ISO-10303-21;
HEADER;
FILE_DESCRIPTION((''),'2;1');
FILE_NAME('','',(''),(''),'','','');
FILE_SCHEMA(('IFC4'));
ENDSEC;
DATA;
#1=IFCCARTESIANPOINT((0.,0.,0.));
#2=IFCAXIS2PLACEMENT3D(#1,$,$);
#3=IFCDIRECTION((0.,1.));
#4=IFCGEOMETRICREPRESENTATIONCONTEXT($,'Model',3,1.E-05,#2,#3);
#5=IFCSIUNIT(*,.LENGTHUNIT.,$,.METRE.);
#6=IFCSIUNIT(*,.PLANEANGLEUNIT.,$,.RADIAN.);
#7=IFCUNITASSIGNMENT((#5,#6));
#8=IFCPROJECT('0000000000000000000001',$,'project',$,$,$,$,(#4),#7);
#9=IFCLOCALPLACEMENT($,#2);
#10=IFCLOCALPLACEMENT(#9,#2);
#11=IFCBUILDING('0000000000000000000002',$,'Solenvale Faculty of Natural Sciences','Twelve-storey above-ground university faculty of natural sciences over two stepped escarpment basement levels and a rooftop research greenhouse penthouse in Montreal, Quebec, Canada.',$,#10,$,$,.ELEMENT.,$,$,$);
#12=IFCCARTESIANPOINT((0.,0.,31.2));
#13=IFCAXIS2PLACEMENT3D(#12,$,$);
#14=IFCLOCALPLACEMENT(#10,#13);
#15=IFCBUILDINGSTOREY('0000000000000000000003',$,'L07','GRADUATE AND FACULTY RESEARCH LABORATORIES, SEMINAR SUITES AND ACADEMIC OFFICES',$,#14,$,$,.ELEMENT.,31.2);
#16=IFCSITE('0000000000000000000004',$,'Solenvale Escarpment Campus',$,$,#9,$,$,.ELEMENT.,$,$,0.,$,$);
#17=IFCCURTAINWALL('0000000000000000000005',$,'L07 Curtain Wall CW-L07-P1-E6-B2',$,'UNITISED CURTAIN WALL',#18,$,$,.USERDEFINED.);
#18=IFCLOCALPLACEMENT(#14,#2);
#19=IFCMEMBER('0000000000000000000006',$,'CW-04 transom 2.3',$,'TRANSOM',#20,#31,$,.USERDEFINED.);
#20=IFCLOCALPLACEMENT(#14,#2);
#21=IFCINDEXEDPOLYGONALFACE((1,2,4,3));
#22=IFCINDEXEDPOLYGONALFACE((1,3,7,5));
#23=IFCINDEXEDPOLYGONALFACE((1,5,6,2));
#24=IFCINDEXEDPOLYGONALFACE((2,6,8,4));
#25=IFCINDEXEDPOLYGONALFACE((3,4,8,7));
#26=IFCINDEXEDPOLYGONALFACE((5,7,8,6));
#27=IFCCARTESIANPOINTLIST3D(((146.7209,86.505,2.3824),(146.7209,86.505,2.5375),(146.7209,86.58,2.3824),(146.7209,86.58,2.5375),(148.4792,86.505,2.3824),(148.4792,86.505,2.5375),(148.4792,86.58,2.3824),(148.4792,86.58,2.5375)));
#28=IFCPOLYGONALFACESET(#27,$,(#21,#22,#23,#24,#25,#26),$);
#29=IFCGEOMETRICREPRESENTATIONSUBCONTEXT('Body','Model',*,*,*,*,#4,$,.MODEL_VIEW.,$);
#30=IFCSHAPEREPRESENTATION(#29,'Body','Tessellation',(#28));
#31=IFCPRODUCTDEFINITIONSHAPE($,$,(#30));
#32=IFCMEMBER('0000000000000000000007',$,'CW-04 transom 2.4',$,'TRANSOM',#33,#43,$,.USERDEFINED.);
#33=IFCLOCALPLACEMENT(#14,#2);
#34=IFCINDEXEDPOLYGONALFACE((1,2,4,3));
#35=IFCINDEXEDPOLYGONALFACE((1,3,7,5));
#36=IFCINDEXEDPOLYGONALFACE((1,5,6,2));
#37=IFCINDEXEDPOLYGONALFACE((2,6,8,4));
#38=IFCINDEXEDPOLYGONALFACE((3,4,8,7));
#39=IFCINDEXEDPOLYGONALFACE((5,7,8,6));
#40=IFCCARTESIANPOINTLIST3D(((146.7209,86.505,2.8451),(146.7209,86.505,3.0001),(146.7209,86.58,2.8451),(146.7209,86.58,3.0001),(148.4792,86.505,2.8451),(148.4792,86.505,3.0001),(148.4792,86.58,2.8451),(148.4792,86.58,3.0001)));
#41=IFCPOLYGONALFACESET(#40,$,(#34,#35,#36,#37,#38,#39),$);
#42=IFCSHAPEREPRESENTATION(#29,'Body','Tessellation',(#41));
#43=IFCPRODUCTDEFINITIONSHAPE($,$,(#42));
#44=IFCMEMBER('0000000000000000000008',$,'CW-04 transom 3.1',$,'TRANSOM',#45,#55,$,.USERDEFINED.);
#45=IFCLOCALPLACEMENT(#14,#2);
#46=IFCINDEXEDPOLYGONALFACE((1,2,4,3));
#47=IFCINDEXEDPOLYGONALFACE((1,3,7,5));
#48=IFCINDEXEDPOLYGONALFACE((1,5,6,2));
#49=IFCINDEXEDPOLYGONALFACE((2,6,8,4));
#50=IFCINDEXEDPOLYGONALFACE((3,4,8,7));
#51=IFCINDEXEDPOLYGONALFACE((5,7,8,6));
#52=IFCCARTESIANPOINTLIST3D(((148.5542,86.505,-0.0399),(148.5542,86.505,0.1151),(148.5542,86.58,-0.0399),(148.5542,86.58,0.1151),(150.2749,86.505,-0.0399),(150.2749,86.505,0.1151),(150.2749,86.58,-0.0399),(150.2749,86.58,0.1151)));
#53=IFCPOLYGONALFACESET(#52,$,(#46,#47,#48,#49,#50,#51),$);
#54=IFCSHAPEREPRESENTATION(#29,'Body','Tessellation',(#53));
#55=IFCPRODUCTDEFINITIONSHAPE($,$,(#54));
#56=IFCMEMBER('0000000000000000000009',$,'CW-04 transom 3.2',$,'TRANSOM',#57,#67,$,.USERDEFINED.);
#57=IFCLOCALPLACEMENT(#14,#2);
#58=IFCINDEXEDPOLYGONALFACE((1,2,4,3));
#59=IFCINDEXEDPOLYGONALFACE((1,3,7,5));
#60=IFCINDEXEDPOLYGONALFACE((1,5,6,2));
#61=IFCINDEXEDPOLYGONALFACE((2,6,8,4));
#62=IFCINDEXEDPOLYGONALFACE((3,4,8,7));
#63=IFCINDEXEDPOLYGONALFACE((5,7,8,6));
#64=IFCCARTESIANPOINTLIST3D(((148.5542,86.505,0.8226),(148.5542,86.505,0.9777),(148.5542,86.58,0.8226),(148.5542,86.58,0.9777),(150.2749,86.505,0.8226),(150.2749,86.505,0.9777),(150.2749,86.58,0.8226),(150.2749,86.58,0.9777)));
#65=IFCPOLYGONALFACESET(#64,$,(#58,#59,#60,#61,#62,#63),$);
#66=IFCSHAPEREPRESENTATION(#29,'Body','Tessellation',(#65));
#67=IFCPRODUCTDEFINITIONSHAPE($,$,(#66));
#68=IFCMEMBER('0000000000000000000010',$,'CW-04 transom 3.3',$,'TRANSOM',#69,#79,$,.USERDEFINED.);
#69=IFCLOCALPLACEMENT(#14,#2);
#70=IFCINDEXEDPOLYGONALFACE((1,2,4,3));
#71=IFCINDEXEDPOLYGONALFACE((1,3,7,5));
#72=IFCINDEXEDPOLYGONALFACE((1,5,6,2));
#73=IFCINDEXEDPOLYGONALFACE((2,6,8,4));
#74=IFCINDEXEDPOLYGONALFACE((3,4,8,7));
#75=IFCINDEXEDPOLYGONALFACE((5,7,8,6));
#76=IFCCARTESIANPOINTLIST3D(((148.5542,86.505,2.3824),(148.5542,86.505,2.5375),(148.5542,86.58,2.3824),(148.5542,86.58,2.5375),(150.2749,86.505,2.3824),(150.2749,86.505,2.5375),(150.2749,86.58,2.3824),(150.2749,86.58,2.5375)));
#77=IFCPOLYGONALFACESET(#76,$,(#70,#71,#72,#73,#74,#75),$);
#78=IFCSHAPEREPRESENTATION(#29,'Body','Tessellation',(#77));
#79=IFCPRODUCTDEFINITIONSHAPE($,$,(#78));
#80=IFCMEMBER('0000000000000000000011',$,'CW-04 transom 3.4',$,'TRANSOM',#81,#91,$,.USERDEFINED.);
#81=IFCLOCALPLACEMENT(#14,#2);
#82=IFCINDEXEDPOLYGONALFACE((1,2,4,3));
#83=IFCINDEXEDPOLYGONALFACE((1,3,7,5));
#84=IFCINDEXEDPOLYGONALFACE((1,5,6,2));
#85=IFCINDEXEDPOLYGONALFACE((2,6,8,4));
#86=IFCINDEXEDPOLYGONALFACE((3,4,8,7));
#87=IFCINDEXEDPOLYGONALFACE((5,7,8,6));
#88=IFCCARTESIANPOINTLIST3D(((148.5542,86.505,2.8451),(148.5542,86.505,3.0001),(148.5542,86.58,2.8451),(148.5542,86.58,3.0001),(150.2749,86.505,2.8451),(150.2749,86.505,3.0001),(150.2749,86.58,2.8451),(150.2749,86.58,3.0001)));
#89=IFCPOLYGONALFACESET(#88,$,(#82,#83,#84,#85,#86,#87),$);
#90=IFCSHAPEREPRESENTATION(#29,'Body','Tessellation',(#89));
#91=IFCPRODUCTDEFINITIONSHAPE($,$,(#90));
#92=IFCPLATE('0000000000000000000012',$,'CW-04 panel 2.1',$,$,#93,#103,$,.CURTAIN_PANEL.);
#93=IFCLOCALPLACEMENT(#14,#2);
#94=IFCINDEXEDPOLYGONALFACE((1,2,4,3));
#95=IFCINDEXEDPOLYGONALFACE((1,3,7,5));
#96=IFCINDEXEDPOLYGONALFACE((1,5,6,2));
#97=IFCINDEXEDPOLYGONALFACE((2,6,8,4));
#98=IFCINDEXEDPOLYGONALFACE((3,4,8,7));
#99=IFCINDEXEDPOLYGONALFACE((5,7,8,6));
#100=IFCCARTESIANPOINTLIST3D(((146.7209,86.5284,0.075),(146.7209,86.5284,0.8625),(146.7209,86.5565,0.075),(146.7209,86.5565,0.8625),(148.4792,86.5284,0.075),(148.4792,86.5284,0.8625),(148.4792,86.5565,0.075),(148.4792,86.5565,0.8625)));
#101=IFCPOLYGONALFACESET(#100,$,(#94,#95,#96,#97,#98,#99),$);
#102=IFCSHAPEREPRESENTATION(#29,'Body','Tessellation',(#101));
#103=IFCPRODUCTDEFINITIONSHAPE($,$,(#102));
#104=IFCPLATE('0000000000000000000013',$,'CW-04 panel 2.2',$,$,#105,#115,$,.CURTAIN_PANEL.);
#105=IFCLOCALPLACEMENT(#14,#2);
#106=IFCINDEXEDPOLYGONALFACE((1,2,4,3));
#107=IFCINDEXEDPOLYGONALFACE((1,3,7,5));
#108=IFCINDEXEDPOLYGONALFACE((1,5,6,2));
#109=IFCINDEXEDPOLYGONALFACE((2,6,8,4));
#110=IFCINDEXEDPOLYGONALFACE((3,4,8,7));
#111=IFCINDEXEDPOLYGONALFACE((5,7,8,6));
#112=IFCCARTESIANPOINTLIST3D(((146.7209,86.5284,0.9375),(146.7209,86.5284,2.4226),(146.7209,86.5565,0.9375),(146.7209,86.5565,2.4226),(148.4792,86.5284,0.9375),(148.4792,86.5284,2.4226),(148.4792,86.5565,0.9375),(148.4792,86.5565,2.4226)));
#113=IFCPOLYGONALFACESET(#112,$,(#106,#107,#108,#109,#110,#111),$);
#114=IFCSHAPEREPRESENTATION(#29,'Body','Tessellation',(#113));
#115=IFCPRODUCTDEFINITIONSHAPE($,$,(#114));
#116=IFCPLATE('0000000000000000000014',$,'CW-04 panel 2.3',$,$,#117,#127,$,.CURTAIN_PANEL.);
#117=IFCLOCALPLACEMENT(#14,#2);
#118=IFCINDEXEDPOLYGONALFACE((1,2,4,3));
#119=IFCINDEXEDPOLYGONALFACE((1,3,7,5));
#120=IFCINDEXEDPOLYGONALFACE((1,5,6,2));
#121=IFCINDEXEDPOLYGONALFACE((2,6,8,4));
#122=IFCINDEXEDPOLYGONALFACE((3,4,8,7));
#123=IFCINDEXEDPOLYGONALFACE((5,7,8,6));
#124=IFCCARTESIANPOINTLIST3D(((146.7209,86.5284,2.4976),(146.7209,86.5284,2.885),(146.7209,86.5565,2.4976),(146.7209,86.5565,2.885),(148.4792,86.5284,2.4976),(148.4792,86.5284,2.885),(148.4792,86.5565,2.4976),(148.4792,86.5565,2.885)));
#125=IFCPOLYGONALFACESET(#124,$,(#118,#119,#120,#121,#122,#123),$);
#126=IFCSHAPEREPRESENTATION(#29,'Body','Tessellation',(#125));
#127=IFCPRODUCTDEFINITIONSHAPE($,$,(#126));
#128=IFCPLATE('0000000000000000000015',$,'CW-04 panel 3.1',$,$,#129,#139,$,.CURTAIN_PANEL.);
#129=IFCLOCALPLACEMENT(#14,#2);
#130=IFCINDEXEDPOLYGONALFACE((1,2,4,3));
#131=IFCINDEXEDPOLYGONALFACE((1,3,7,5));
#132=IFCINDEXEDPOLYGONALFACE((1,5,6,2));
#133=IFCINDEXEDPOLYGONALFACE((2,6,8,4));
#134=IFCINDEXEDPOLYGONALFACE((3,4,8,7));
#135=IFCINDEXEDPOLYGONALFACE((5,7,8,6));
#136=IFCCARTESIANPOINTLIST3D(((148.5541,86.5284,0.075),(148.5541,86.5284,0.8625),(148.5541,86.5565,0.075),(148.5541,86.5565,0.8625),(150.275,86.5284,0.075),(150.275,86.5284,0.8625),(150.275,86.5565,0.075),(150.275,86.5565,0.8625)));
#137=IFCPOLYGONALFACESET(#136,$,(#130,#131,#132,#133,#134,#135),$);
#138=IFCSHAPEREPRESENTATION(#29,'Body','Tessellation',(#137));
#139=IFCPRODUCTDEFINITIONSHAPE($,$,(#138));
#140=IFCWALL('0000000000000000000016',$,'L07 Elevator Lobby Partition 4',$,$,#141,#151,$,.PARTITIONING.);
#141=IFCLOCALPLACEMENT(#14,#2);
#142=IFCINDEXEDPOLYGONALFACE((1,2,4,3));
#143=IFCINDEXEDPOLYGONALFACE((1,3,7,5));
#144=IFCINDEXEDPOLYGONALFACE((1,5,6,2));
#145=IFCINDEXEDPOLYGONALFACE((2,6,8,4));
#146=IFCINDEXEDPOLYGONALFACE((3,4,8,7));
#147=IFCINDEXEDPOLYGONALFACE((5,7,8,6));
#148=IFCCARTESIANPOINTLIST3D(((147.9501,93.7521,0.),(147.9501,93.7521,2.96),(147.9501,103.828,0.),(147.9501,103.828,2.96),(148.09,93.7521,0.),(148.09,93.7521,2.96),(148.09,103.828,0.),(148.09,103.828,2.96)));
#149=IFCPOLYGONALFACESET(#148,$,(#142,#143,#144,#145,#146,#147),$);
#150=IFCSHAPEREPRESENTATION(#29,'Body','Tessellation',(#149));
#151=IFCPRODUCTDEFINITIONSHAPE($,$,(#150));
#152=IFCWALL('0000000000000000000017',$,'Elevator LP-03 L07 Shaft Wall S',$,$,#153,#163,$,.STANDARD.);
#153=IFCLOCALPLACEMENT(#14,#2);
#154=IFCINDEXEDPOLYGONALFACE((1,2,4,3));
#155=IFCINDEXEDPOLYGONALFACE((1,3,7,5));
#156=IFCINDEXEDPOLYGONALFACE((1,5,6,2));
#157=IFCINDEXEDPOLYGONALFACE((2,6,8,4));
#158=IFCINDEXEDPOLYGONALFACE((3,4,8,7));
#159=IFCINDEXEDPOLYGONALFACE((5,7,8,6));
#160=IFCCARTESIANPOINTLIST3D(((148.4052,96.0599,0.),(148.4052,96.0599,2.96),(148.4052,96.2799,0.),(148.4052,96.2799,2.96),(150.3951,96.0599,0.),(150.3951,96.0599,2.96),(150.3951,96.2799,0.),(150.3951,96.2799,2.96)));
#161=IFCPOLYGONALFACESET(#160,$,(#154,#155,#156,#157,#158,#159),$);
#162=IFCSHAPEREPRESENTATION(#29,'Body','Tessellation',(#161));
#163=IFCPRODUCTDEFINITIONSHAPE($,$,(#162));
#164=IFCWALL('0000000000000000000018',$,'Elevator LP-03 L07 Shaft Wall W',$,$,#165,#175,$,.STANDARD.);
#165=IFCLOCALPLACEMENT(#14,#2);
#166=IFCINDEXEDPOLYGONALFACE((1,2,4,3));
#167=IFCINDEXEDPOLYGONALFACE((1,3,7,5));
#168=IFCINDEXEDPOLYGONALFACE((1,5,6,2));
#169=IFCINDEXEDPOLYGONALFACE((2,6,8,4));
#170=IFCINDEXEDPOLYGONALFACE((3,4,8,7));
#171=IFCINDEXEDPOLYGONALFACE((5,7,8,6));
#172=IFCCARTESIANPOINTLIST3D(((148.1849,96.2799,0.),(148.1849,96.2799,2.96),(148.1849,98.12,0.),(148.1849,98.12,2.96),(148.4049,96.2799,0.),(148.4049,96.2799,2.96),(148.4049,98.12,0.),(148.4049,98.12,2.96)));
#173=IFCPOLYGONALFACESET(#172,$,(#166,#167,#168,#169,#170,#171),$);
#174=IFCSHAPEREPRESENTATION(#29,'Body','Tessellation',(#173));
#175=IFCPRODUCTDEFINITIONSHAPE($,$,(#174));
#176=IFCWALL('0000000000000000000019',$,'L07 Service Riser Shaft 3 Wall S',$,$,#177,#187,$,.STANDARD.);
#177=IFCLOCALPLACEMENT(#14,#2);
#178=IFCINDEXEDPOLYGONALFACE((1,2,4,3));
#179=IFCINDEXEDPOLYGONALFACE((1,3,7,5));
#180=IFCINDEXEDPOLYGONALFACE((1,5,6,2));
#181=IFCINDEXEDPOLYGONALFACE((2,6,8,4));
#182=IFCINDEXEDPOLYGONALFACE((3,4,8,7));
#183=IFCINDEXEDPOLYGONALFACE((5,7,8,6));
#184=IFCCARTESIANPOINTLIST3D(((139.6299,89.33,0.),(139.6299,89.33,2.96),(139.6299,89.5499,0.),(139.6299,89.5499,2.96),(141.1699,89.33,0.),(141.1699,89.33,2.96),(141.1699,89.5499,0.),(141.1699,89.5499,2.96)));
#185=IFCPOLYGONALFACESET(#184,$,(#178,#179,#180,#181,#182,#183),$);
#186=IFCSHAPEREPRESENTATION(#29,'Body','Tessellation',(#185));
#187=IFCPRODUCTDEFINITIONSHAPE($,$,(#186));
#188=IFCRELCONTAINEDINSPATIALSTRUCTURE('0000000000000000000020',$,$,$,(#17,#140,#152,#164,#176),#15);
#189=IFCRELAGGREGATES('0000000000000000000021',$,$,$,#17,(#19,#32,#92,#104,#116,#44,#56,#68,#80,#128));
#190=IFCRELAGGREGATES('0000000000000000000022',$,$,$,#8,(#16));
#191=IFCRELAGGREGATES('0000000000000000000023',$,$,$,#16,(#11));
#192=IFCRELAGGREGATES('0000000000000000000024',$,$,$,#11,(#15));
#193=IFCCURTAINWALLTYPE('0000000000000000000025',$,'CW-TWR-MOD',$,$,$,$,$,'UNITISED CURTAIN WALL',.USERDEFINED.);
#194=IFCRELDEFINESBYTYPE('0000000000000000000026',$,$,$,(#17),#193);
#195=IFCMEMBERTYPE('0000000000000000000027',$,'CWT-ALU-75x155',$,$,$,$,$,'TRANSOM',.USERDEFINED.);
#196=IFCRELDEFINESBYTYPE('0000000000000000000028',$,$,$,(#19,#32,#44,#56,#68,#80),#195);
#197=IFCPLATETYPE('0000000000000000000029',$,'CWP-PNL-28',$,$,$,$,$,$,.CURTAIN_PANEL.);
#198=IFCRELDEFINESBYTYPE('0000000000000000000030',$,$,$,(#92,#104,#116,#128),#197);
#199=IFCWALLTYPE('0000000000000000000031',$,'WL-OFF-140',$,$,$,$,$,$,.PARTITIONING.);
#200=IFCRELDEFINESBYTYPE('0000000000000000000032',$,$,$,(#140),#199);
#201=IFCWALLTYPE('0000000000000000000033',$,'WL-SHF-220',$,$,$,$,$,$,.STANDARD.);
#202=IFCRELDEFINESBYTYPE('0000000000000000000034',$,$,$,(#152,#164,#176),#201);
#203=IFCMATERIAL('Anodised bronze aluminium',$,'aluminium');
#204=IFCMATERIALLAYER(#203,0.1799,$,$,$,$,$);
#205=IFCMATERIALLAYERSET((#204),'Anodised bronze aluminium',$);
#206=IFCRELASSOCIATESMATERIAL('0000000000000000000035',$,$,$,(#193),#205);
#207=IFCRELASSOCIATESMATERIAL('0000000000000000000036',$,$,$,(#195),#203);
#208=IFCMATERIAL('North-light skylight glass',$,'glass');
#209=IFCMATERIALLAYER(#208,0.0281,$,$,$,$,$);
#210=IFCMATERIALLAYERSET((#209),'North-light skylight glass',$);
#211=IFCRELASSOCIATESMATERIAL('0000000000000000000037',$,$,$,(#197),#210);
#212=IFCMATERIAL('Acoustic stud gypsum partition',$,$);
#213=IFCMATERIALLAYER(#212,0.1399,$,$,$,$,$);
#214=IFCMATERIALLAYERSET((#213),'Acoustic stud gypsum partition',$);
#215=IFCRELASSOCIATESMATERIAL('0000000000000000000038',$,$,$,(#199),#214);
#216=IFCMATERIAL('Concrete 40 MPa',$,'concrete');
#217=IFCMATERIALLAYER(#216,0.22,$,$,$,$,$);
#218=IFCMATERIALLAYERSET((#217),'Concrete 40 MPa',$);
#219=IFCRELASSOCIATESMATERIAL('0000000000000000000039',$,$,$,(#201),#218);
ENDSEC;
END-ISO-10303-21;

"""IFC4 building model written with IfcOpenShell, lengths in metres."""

from ifc_helpers import new_model, si_unit, direction, frame, frame_2d, origin, origin_2d, place, context, subcontext, project, spatial, rectangle, extrude, material, layer, layer_set, material_profile, profile_set, type_object, element, aggregate, save


model = new_model("IFC4")

# Units and contexts
model_context = context("Model", 3, precision=1e-05, world=origin(), true_north=direction((0.0, 1.0)))
body_context = subcontext(model_context, "Body", "Model", "MODEL_VIEW")
ifc_project = project(units=[si_unit("LENGTHUNIT", "METRE"), si_unit("PLANEANGLEUNIT", "RADIAN")], contexts=[model_context])

# Site, building, storey
site_placement = place(None, origin())
site = spatial("IfcSite", under=ifc_project, at=site_placement, Name="Solenvale Escarpment Campus", CompositionType="ELEMENT", RefElevation=0.0)
building_placement = place(site_placement, origin())
building = spatial("IfcBuilding", under=site, at=building_placement, Name="Solenvale Faculty of Natural Sciences", Description="Twelve-storey above-ground university faculty of natural sciences over two stepped escarpment basement levels and a rooftop research greenhouse penthouse in Montreal, Quebec, Canada.", CompositionType="ELEMENT")
storey_placement = place(building_placement, frame((0.0, 0.0, 31.2)))
storey = spatial("IfcBuildingStorey", under=building, at=storey_placement, Name="L07", Description="GRADUATE AND FACULTY RESEARCH LABORATORIES, SEMINAR SUITES AND ACADEMIC OFFICES", CompositionType="ELEMENT", Elevation=31.2)

# Shared definitions
ifc_material_1 = material(Name="Concrete 40 MPa", Category="concrete")

# Curtain wall, members, plates
ifc_material_2 = material(Name="Anodised bronze aluminium", Category="aluminium")
ifc_layer_1 = layer(ifc_material_2, 0.1799)
ifc_layer_set_1 = layer_set([ifc_layer_1], Name="Anodised bronze aluminium")
curtain_wall_type = type_object("IfcCurtainWallType", Name="CW-TWR-MOD", ElementType="UNITISED CURTAIN WALL", PredefinedType="USERDEFINED", material=ifc_layer_set_1)
curtain_wall_placement = place(storey_placement, origin())
curtain_wall = element("IfcCurtainWall", 1, at=curtain_wall_placement, inside=storey, type_object=curtain_wall_type, Name="L07 Curtain Wall CW-L07-P1-E6-B2", ObjectType="UNITISED CURTAIN WALL", PredefinedType="USERDEFINED")
ifc_material_profile_1 = material_profile(ifc_material_2, rectangle(XDim=0.075, YDim=0.155, at=origin_2d()), Name="ALU-TRN-75x155")
ifc_profile_set_1 = profile_set([ifc_material_profile_1], Name="Anodised bronze aluminium")
member_type_1 = type_object("IfcMemberType", Name="CWT-ALU-75x155", ElementType="TRANSOM", PredefinedType="USERDEFINED", material=ifc_profile_set_1)
member_1_placement = place(storey_placement, frame((146.7209, 86.5425, 2.46), z_axis=(1.0, 0.0, 0.0), x_axis=(0.0, 1.0, 0.0)))
member_1 = element("IfcMember", 2, at=member_1_placement, type_object=member_type_1, Name="CW-04 transom 2.3", ObjectType="TRANSOM", PredefinedType="USERDEFINED", context=body_context, shape_type="SweptSolid", body=[
    extrude(rectangle(XDim=0.075, YDim=0.155, at=origin_2d()), origin(), (0.0, 0.0, 1.0), 1.7583),
])
member_2_placement = place(storey_placement, frame((146.7209, 86.5425, 2.9226), z_axis=(1.0, 0.0, 0.0), x_axis=(0.0, 1.0, 0.0)))
member_2 = element("IfcMember", 3, at=member_2_placement, type_object=member_type_1, Name="CW-04 transom 2.4", ObjectType="TRANSOM", PredefinedType="USERDEFINED", context=body_context, shape_type="SweptSolid", body=[
    extrude(rectangle(XDim=0.075, YDim=0.155, at=origin_2d()), origin(), (0.0, 0.0, 1.0), 1.7583),
])
member_3_placement = place(storey_placement, frame((148.5542, 86.5425, 0.0376), z_axis=(1.0, 0.0, 0.0), x_axis=(0.0, 1.0, 0.0)))
member_3 = element("IfcMember", 4, at=member_3_placement, type_object=member_type_1, Name="CW-04 transom 3.1", ObjectType="TRANSOM", PredefinedType="USERDEFINED", context=body_context, shape_type="SweptSolid", body=[
    extrude(rectangle(XDim=0.075, YDim=0.155, at=origin_2d()), origin(), (0.0, 0.0, 1.0), 1.7207),
])
member_4_placement = place(storey_placement, frame((148.5542, 86.5425, 0.9001), z_axis=(1.0, 0.0, 0.0), x_axis=(0.0, 1.0, 0.0)))
member_4 = element("IfcMember", 5, at=member_4_placement, type_object=member_type_1, Name="CW-04 transom 3.2", ObjectType="TRANSOM", PredefinedType="USERDEFINED", context=body_context, shape_type="SweptSolid", body=[
    extrude(rectangle(XDim=0.075, YDim=0.155, at=origin_2d()), origin(), (0.0, 0.0, 1.0), 1.7207),
])
member_5_placement = place(storey_placement, frame((148.5542, 86.5425, 2.46), z_axis=(1.0, 0.0, 0.0), x_axis=(0.0, 1.0, 0.0)))
member_5 = element("IfcMember", 6, at=member_5_placement, type_object=member_type_1, Name="CW-04 transom 3.3", ObjectType="TRANSOM", PredefinedType="USERDEFINED", context=body_context, shape_type="SweptSolid", body=[
    extrude(rectangle(XDim=0.075, YDim=0.155, at=origin_2d()), origin(), (0.0, 0.0, 1.0), 1.7207),
])
member_6_placement = place(storey_placement, frame((148.5542, 86.5425, 2.9226), z_axis=(1.0, 0.0, 0.0), x_axis=(0.0, 1.0, 0.0)))
member_6 = element("IfcMember", 7, at=member_6_placement, type_object=member_type_1, Name="CW-04 transom 3.4", ObjectType="TRANSOM", PredefinedType="USERDEFINED", context=body_context, shape_type="SweptSolid", body=[
    extrude(rectangle(XDim=0.075, YDim=0.155, at=origin_2d()), origin(), (0.0, 0.0, 1.0), 1.7207),
])
ifc_material_3 = material(Name="North-light skylight glass", Category="glass")
ifc_layer_2 = layer(ifc_material_3, 0.0281)
ifc_layer_set_2 = layer_set([ifc_layer_2], Name="North-light skylight glass")
plate_type = type_object("IfcPlateType", Name="CWP-PNL-28", PredefinedType="CURTAIN_PANEL", material=ifc_layer_set_2)
plate_1_placement = place(storey_placement, frame((147.6001, 86.5425, 0.075), z_axis=(0.0, 0.0, 1.0), x_axis=(1.0, 0.0, 0.0)))
plate_1 = element("IfcPlate", 8, at=plate_1_placement, type_object=plate_type, Name="CW-04 panel 2.1", PredefinedType="CURTAIN_PANEL", context=body_context, shape_type="SweptSolid", body=[
    extrude(rectangle(XDim=1.7583, YDim=0.0281, at=origin_2d()), origin(), (0.0, 0.0, 1.0), 0.7876),
])
plate_2_placement = place(storey_placement, frame((147.6001, 86.5425, 0.9375), z_axis=(0.0, 0.0, 1.0), x_axis=(1.0, 0.0, 0.0)))
plate_2 = element("IfcPlate", 9, at=plate_2_placement, type_object=plate_type, Name="CW-04 panel 2.2", PredefinedType="CURTAIN_PANEL", context=body_context, shape_type="SweptSolid", body=[
    extrude(rectangle(XDim=1.7583, YDim=0.0281, at=origin_2d()), origin(), (0.0, 0.0, 1.0), 1.4851),
])
plate_3_placement = place(storey_placement, frame((147.6001, 86.5425, 2.4976), z_axis=(0.0, 0.0, 1.0), x_axis=(1.0, 0.0, 0.0)))
plate_3 = element("IfcPlate", 10, at=plate_3_placement, type_object=plate_type, Name="CW-04 panel 2.3", PredefinedType="CURTAIN_PANEL", context=body_context, shape_type="SweptSolid", body=[
    extrude(rectangle(XDim=1.7583, YDim=0.0281, at=origin_2d()), origin(), (0.0, 0.0, 1.0), 0.3875),
])
plate_4_placement = place(storey_placement, frame((149.4146, 86.5425, 0.075), z_axis=(0.0, 0.0, 1.0), x_axis=(1.0, 0.0, 0.0)))
plate_4 = element("IfcPlate", 11, at=plate_4_placement, type_object=plate_type, Name="CW-04 panel 3.1", PredefinedType="CURTAIN_PANEL", context=body_context, shape_type="SweptSolid", body=[
    extrude(rectangle(XDim=1.7209, YDim=0.0281, at=origin_2d()), origin(), (0.0, 0.0, 1.0), 0.7876),
])
aggregate(curtain_wall, [member_1, member_2, plate_1, plate_2, plate_3, member_3, member_4, member_5, member_6, plate_4])

# Wall
ifc_material_4 = material(Name="Acoustic stud gypsum partition")
ifc_layer_3 = layer(ifc_material_4, 0.1399)
ifc_layer_set_3 = layer_set([ifc_layer_3], Name="Acoustic stud gypsum partition")
wall_type_1 = type_object("IfcWallType", Name="WL-OFF-140", PredefinedType="PARTITIONING", material=ifc_layer_set_3)
wall_1_placement = place(storey_placement, frame((148.02, 93.752, 0.0), z_axis=(0.0, 0.0, 1.0), x_axis=(0.0, 1.0, 0.0)))
element("IfcWall", 12, at=wall_1_placement, inside=storey, type_object=wall_type_1, Name="L07 Elevator Lobby Partition 4", PredefinedType="PARTITIONING", context=body_context, shape_type="SweptSolid", body=[
    extrude(rectangle(XDim=10.0759, YDim=0.1399, at=frame_2d((5.0381, 0.0))), origin(), (0.0, 0.0, 1.0), 2.96),
])

# Walls
ifc_layer_4 = layer(ifc_material_1, 0.22)
ifc_layer_set_4 = layer_set([ifc_layer_4], Name="Concrete 40 MPa")
wall_type_2 = type_object("IfcWallType", Name="WL-SHF-220", PredefinedType="STANDARD", material=ifc_layer_set_4)
wall_2_placement = place(storey_placement, frame((148.405, 96.1699, 0.0), z_axis=(0.0, 0.0, 1.0), x_axis=(1.0, 0.0, 0.0)))
element("IfcWall", 13, at=wall_2_placement, inside=storey, type_object=wall_type_2, Name="Elevator LP-03 L07 Shaft Wall S", PredefinedType="STANDARD", context=body_context, shape_type="SweptSolid", body=[
    extrude(rectangle(XDim=1.99, YDim=0.22, at=frame_2d((0.9951, 0.0))), origin(), (0.0, 0.0, 1.0), 2.96),
])
wall_3_placement = place(storey_placement, frame((148.2949, 96.28, 0.0), z_axis=(0.0, 0.0, 1.0), x_axis=(0.0, 1.0, 0.0)))
element("IfcWall", 14, at=wall_3_placement, inside=storey, type_object=wall_type_2, Name="Elevator LP-03 L07 Shaft Wall W", PredefinedType="STANDARD", context=body_context, shape_type="SweptSolid", body=[
    extrude(rectangle(XDim=1.8401, YDim=0.22, at=frame_2d((0.9199, 0.0))), origin(), (0.0, 0.0, 1.0), 2.96),
])
for number, where, z_axis, x_axis, name in (
    (15, (139.6299, 89.4399, 0.0), (0.0, 0.0, 1.0), (1.0, 0.0, 0.0), "L07 Service Riser Shaft 3 Wall S"),
):
    element("IfcWall", number, at=place(storey_placement, frame(where, z_axis=z_axis, x_axis=x_axis)), inside=storey, type_object=wall_type_2, Name=name, PredefinedType="STANDARD", context=body_context, shape_type="SweptSolid", body=[
        extrude(rectangle(XDim=1.54, YDim=0.22, at=frame_2d((0.77, 0.0))), origin(), (0.0, 0.0, 1.0), 2.96),
    ])

save(model, "model.ifc")
